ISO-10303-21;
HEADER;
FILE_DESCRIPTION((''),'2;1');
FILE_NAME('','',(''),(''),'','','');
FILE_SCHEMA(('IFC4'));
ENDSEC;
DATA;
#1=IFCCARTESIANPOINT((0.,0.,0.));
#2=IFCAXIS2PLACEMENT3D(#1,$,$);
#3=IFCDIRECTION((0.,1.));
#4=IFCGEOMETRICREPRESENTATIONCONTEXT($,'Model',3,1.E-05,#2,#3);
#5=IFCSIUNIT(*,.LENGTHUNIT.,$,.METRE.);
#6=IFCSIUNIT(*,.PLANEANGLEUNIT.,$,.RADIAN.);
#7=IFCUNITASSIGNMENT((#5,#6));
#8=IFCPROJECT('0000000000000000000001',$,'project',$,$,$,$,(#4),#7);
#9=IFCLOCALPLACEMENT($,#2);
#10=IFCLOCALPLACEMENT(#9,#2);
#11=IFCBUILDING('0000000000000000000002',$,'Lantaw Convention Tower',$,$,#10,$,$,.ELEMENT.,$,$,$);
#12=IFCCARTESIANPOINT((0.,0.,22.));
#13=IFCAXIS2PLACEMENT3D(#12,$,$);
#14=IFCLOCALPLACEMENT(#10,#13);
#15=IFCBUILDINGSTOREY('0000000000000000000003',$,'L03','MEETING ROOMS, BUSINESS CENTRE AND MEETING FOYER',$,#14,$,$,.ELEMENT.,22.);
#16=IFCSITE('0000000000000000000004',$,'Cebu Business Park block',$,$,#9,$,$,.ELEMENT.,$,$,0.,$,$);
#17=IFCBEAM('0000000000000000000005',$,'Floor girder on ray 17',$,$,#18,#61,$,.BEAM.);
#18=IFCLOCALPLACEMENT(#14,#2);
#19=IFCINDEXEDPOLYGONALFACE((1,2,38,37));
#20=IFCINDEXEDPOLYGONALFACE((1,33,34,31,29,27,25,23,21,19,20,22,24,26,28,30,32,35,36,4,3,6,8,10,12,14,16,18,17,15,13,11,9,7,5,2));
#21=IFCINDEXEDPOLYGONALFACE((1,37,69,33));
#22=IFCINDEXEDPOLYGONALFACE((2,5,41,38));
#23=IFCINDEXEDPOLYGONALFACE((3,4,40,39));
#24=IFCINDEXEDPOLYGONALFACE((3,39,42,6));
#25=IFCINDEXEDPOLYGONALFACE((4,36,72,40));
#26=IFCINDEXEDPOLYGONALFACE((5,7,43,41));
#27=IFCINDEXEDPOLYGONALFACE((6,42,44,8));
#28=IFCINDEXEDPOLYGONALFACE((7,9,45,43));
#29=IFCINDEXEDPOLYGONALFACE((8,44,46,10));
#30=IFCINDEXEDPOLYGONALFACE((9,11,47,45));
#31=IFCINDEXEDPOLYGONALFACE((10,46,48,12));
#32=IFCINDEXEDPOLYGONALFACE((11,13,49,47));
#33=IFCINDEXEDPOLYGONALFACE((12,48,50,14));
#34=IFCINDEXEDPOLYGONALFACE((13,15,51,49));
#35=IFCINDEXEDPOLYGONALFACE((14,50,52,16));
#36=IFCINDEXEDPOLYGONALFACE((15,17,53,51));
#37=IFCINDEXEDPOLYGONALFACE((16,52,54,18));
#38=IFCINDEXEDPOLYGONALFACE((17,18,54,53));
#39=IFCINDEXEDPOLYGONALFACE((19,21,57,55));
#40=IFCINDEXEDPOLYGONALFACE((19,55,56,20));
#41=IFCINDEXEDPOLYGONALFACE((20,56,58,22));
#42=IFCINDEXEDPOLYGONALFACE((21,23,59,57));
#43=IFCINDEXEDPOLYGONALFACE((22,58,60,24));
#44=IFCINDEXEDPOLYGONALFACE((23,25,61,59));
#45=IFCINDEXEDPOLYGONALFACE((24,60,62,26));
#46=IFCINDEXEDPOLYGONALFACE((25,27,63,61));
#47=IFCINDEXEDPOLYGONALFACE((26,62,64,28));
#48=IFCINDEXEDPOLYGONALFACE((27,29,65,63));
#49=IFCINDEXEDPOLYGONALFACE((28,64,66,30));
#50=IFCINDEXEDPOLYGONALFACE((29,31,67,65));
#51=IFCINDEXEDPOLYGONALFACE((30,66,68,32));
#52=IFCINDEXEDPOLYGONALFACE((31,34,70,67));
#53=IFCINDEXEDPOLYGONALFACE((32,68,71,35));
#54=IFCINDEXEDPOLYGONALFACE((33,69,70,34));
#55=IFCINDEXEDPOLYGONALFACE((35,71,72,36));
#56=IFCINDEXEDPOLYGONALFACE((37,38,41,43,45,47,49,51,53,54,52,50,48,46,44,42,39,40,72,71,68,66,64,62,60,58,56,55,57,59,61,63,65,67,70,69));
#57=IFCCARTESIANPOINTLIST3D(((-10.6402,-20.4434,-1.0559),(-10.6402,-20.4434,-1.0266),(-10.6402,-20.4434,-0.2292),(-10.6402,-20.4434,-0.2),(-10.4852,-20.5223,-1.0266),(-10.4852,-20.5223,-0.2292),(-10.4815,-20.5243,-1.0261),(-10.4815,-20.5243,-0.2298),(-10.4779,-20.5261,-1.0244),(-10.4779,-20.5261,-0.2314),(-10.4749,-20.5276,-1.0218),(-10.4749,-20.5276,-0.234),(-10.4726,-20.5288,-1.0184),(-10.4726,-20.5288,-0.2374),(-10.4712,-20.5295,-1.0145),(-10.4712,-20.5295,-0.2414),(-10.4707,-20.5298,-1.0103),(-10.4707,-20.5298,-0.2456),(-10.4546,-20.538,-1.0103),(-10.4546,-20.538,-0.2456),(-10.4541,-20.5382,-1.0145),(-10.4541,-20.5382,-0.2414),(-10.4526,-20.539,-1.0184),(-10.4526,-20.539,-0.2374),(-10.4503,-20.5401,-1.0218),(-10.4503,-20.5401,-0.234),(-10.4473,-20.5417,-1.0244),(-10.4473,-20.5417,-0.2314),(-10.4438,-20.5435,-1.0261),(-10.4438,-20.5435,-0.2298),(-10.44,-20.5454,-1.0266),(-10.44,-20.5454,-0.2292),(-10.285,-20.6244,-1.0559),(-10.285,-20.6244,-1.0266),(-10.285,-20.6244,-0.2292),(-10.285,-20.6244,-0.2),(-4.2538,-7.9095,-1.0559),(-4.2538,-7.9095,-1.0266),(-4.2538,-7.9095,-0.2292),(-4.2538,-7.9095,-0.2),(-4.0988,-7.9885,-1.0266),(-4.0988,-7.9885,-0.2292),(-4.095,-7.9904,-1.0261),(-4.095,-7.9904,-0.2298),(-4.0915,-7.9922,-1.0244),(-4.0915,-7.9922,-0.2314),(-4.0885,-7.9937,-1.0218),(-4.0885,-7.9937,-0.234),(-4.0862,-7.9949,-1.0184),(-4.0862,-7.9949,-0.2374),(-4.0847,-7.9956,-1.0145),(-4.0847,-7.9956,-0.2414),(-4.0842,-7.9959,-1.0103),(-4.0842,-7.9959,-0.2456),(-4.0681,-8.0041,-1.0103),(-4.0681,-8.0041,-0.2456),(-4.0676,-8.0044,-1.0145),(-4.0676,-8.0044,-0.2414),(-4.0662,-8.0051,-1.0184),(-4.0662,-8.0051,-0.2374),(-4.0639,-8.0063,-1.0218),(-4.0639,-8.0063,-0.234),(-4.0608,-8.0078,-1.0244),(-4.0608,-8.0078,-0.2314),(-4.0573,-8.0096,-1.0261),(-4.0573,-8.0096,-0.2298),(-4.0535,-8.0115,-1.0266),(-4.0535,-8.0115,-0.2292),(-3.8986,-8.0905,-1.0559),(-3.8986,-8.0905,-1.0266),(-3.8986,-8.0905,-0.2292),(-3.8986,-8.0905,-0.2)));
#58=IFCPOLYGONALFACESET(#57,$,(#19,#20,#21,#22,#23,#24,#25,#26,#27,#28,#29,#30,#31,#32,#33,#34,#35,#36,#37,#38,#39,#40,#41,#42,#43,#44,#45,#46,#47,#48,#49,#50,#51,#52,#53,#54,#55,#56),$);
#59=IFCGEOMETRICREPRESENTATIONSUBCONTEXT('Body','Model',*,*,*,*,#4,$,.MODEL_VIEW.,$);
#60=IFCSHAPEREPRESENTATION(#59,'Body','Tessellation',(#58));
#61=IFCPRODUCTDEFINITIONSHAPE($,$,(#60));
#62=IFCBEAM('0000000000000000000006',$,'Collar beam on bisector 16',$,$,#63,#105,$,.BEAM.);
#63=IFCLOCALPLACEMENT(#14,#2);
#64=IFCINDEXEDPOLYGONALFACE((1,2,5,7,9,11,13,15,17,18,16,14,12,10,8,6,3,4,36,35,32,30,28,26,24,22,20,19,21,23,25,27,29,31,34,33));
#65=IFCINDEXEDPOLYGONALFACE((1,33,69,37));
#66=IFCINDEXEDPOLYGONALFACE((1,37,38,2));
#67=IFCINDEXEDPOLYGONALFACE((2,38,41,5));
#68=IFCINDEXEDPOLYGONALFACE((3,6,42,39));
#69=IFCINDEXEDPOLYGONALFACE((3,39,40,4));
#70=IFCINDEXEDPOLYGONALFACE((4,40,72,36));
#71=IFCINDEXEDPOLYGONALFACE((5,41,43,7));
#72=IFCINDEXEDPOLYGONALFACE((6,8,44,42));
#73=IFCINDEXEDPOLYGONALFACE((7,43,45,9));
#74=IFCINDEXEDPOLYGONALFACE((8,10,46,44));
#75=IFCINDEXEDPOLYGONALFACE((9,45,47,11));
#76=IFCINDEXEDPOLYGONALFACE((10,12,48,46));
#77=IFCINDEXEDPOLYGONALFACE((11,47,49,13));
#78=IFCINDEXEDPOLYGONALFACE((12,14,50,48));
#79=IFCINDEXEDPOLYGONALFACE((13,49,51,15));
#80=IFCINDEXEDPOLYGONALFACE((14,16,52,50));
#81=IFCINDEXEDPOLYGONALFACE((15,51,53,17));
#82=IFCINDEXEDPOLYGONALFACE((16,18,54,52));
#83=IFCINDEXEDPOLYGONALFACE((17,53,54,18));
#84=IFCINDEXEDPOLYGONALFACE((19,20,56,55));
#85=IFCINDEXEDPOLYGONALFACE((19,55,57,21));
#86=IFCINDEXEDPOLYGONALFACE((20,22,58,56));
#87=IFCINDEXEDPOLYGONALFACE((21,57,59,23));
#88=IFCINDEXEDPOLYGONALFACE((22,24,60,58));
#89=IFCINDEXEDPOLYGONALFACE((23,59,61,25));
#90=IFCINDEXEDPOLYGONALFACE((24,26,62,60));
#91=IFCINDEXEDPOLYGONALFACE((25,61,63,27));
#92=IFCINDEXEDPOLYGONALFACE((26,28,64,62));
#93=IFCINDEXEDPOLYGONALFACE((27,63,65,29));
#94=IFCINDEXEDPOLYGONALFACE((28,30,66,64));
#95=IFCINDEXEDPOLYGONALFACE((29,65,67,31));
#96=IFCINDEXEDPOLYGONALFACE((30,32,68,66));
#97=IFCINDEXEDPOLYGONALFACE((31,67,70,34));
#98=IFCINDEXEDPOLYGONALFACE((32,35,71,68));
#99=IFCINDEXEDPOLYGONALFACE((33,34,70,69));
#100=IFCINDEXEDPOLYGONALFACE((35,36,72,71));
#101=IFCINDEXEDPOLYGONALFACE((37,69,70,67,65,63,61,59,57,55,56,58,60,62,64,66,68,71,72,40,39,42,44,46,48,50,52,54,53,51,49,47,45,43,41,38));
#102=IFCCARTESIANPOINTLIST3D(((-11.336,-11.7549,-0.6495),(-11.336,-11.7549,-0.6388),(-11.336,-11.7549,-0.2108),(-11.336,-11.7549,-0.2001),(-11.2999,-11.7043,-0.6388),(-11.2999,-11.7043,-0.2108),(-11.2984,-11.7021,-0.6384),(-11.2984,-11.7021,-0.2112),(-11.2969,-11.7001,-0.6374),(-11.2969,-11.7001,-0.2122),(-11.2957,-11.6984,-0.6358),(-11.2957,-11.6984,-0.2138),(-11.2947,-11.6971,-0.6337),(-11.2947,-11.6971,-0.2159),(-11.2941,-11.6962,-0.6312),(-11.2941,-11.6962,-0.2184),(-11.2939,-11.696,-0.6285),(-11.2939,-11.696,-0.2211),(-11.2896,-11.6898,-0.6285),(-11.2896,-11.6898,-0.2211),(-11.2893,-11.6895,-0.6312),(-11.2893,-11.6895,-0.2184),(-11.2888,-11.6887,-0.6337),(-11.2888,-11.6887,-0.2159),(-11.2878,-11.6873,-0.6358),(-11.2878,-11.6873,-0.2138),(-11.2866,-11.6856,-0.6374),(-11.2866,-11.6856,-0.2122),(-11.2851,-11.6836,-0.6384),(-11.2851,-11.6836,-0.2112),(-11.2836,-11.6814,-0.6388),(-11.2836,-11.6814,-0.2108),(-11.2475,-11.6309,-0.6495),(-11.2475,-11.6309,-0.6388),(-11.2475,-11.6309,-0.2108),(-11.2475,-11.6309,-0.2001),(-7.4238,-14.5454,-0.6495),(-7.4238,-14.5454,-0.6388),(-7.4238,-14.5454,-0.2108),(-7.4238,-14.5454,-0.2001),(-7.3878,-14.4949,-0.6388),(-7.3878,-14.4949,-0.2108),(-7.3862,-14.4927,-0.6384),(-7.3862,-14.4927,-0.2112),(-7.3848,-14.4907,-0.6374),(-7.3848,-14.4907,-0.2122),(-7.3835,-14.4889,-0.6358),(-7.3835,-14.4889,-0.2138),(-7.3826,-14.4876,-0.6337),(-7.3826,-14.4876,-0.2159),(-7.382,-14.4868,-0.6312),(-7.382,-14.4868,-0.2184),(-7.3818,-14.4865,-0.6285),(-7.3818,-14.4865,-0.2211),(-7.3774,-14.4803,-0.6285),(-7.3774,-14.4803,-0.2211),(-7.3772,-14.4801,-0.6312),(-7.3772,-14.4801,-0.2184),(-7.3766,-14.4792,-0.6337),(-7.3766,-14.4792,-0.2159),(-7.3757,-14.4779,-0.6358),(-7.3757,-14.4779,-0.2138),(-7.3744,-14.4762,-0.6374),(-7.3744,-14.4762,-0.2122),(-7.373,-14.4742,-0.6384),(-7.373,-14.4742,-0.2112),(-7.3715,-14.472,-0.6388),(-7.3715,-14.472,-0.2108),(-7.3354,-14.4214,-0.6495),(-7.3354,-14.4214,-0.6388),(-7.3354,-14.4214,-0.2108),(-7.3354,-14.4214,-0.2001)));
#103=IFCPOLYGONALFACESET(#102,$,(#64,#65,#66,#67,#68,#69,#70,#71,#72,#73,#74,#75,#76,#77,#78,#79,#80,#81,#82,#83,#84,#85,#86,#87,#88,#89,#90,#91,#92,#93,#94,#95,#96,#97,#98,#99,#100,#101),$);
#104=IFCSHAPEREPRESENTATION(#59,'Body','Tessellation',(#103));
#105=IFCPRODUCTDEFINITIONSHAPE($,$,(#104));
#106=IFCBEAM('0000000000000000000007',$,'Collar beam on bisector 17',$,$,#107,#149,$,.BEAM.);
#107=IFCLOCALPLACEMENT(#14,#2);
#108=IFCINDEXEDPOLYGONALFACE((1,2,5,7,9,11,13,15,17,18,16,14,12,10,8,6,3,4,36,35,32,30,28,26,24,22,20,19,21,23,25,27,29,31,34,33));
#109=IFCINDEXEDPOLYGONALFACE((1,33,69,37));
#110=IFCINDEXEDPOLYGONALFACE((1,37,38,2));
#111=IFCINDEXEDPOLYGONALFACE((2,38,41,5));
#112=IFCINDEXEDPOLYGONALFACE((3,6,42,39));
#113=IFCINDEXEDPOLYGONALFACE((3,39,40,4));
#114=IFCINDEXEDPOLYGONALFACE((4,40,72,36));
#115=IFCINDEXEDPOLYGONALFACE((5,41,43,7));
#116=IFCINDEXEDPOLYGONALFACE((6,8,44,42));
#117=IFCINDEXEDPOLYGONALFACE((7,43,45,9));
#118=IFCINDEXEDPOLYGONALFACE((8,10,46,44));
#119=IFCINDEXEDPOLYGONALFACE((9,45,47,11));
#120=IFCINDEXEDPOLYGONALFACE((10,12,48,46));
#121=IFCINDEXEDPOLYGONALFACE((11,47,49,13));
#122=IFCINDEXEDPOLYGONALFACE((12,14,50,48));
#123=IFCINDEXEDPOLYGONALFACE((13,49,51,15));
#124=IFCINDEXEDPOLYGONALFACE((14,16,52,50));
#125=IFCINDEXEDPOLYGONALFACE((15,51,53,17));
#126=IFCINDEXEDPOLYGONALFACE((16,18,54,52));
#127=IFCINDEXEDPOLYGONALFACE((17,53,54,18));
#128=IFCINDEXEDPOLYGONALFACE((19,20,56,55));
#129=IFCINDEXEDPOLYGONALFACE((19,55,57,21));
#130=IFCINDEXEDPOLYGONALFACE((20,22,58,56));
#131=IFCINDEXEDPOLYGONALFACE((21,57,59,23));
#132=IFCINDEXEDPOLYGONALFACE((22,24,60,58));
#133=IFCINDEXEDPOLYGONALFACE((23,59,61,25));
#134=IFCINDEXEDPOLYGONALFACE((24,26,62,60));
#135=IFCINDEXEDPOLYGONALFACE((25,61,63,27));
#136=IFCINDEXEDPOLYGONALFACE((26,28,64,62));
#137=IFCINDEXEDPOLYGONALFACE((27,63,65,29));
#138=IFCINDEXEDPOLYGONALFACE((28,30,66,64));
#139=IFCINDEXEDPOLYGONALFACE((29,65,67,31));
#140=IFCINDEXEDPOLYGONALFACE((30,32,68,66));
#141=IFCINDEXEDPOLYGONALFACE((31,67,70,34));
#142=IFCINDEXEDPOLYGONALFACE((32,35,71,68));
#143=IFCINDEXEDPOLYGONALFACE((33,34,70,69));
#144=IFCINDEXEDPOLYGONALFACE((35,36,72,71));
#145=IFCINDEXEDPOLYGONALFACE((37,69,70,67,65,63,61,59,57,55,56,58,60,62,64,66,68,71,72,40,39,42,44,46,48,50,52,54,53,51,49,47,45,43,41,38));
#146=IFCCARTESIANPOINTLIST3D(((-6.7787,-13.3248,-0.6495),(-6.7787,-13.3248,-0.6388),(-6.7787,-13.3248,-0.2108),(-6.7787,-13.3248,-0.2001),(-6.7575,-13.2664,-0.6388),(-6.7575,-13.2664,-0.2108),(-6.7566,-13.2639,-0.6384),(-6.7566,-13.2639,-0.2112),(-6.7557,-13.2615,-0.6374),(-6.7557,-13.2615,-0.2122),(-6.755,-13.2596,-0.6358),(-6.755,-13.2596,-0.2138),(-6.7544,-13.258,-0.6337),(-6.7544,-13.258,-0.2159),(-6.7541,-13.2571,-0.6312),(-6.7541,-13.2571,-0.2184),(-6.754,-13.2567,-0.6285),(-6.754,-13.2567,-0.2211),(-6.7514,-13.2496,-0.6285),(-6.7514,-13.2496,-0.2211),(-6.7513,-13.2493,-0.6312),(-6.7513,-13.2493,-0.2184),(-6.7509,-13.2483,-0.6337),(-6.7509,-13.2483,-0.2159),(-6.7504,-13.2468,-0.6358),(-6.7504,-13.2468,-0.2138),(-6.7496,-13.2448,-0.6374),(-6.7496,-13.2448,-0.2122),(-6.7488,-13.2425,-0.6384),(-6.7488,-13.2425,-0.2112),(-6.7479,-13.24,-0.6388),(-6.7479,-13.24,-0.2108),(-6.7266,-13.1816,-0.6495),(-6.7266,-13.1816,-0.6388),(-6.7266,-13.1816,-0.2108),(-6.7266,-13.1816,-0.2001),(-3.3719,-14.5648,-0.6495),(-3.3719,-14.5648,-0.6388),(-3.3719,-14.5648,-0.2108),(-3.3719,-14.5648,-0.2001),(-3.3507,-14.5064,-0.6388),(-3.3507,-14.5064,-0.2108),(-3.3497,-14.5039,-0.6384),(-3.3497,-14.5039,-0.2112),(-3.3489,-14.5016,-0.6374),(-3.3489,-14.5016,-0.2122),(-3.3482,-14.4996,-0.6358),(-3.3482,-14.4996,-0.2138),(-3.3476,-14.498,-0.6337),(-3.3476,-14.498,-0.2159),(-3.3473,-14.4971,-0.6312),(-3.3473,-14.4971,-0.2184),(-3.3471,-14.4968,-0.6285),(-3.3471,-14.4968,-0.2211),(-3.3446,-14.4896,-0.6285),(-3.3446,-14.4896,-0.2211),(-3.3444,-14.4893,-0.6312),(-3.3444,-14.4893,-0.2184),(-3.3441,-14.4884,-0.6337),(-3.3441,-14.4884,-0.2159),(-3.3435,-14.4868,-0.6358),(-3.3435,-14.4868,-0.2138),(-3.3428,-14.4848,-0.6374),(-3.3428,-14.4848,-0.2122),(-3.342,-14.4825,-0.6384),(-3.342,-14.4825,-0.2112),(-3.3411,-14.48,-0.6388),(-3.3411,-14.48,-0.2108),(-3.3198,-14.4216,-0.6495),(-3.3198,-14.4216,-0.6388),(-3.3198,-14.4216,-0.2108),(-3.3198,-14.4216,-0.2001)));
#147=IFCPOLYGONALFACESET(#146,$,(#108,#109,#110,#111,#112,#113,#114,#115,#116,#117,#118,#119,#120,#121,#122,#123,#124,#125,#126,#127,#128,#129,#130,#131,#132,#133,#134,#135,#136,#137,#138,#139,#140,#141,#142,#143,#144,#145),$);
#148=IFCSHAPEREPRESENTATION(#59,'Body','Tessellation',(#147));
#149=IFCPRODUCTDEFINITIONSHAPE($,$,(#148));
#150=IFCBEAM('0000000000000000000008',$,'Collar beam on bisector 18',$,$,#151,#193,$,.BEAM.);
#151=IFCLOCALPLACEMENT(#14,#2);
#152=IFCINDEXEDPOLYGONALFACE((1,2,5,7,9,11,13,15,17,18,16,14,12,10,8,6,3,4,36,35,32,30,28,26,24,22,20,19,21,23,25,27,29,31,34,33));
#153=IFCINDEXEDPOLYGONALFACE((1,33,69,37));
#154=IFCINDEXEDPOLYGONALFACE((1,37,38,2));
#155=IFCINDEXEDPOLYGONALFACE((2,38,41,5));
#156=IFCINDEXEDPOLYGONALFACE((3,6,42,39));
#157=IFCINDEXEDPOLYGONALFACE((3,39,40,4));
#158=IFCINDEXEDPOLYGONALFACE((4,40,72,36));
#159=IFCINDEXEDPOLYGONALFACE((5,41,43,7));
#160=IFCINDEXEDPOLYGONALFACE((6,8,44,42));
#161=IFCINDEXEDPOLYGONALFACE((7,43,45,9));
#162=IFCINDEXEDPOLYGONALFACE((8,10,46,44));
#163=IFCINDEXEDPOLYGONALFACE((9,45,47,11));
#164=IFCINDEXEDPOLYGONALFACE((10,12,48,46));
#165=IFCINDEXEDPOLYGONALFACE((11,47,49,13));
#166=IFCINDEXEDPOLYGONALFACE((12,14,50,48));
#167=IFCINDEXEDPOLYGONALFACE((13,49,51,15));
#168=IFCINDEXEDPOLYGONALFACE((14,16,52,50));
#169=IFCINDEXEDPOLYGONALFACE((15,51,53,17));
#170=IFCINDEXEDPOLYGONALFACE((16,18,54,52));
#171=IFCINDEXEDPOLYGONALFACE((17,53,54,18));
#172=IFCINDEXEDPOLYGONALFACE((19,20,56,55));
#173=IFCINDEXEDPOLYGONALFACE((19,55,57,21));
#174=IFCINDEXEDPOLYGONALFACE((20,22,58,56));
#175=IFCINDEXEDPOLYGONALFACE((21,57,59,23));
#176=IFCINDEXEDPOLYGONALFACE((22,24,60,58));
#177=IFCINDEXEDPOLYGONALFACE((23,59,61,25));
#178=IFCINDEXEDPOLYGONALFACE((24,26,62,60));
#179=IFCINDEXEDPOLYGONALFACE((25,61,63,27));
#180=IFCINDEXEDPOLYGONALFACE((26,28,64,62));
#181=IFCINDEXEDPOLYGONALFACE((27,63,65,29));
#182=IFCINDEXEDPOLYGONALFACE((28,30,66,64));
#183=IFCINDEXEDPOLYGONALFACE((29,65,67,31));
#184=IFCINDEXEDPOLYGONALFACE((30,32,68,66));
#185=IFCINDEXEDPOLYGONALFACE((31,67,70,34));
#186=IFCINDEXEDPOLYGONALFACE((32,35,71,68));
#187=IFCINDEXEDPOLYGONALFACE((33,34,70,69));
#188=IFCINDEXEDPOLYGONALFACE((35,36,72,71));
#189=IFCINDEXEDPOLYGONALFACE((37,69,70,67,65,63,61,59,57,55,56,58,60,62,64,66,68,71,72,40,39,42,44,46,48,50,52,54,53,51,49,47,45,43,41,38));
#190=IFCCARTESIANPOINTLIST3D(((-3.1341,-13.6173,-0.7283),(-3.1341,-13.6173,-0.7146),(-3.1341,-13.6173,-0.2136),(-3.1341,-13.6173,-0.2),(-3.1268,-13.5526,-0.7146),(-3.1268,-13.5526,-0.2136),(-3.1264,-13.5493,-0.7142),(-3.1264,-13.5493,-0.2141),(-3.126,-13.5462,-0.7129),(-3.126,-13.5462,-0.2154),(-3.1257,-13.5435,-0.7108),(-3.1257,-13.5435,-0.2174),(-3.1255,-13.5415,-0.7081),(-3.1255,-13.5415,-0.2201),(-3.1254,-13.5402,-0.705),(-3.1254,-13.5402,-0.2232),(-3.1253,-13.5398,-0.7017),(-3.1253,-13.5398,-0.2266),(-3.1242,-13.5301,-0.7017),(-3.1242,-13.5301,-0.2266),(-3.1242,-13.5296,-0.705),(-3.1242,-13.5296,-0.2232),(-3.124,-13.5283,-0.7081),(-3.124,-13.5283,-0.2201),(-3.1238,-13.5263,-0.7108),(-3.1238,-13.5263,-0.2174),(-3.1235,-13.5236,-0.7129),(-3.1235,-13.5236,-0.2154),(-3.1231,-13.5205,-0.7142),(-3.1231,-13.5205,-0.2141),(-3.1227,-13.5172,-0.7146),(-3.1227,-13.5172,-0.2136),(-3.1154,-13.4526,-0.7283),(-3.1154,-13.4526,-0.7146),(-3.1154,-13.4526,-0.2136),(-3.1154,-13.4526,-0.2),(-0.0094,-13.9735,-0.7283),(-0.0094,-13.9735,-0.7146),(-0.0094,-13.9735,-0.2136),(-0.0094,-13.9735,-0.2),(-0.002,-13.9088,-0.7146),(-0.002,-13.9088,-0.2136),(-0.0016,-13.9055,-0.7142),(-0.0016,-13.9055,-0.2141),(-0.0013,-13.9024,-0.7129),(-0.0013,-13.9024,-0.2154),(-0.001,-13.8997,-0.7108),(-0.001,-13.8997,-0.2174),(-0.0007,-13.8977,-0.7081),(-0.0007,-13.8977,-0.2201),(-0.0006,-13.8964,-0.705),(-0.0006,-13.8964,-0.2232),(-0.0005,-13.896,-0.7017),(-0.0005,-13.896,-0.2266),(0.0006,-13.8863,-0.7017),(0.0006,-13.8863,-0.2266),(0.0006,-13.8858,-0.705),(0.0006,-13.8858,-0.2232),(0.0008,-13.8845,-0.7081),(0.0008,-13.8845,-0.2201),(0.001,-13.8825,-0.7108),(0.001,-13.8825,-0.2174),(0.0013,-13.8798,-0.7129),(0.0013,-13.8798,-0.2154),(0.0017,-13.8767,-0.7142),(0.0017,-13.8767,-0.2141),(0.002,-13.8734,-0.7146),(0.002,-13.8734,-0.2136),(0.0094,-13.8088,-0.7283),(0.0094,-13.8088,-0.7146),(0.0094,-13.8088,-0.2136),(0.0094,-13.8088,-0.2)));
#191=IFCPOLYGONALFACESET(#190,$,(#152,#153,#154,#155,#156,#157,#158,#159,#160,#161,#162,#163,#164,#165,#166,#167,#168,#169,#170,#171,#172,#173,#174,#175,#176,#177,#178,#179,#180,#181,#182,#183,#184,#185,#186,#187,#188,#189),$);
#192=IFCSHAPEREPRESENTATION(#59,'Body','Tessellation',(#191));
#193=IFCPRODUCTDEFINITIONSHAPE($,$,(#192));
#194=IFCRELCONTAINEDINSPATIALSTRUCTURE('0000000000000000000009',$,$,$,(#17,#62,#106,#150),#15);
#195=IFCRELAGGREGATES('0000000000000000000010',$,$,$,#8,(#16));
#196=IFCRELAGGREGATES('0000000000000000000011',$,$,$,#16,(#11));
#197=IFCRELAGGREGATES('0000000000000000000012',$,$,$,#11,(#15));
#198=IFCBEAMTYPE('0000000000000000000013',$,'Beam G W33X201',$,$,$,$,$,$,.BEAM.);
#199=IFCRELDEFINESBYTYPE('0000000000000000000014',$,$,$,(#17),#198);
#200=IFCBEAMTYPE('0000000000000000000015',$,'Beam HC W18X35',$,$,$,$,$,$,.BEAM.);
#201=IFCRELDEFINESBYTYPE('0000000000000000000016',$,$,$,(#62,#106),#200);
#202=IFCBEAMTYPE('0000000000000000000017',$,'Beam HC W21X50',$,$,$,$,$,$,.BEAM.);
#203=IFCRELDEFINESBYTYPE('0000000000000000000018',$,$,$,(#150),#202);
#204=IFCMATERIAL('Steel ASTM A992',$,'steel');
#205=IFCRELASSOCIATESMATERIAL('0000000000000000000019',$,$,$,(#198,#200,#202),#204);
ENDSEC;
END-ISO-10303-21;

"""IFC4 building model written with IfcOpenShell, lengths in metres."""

from ifc_helpers import new_model, si_unit, direction, frame, origin, origin_2d, place, context, subcontext, project, spatial, i_section, extrude, material, material_profile, profile_set, type_object, element, save


model = new_model("IFC4")

# Units and contexts
model_context = context("Model", 3, precision=1e-05, world=origin(), true_north=direction((0.0, 1.0)))
body_context = subcontext(model_context, "Body", "Model", "MODEL_VIEW")
ifc_project = project(units=[si_unit("LENGTHUNIT", "METRE"), si_unit("PLANEANGLEUNIT", "RADIAN")], contexts=[model_context])

# Site, building, storey
site_placement = place(None, origin())
site = spatial("IfcSite", under=ifc_project, at=site_placement, Name="Cebu Business Park block", CompositionType="ELEMENT", RefElevation=0.0)
building_placement = place(site_placement, origin())
building = spatial("IfcBuilding", under=site, at=building_placement, Name="Lantaw Convention Tower", CompositionType="ELEMENT")
storey_placement = place(building_placement, frame((0.0, 0.0, 22.0)))
storey = spatial("IfcBuildingStorey", under=building, at=storey_placement, Name="L03", Description="MEETING ROOMS, BUSINESS CENTRE AND MEETING FOYER", CompositionType="ELEMENT", Elevation=22.0)

# Beams
ifc_material_1 = material(Name="Steel ASTM A992", Category="steel")
ifc_material_profile_1 = material_profile(ifc_material_1, i_section(OverallWidth=0.3987, OverallDepth=0.856, WebThickness=0.0181, FlangeThickness=0.0293, FilletRadius=0.0164, at=origin_2d()), Name="W33X201")
ifc_profile_set_1 = profile_set([ifc_material_profile_1], Name="Steel ASTM A992")
beam_type_1 = type_object("IfcBeamType", Name="Beam G W33X201", PredefinedType="BEAM", material=ifc_profile_set_1)
beam_1_placement = place(storey_placement, frame((-4.0762, -8.0, -0.6279), z_axis=(-0.453997, -0.891003, 0.0), x_axis=(0.891003, -0.453997, 0.0)))
element("IfcBeam", 1, at=beam_1_placement, inside=storey, type_object=beam_type_1, Name="Floor girder on ray 17", PredefinedType="BEAM", context=body_context, shape_type="SweptSolid", body=[
    extrude(i_section(OverallWidth=0.3987, OverallDepth=0.856, WebThickness=0.0181, FlangeThickness=0.0293, FilletRadius=0.0164, at=origin_2d()), origin(), (0.0, 0.0, 1.0), 14.0671),
])
ifc_material_profile_2 = material_profile(ifc_material_1, i_section(OverallWidth=0.1523, OverallDepth=0.4495, WebThickness=0.0076, FlangeThickness=0.0107, FilletRadius=0.0103, at=origin_2d()), Name="W18X35")
ifc_profile_set_2 = profile_set([ifc_material_profile_2], Name="Steel ASTM A992")
beam_type_2 = type_object("IfcBeamType", Name="Beam HC W18X35", PredefinedType="BEAM", material=ifc_profile_set_2)
beam_2_placement = place(storey_placement, frame((-11.2917, -11.6929, -0.4248), z_axis=(0.814111, -0.580709, 0.0), x_axis=(0.580709, 0.814111, 0.0)))
element("IfcBeam", 2, at=beam_2_placement, inside=storey, type_object=beam_type_2, Name="Collar beam on bisector 16", PredefinedType="BEAM", context=body_context, shape_type="SweptSolid", body=[
    extrude(i_section(OverallWidth=0.1523, OverallDepth=0.4495, WebThickness=0.0076, FlangeThickness=0.0107, FilletRadius=0.0103, at=origin_2d()), origin(), (0.0, 0.0, 1.0), 4.8054),
])
beam_3_placement = place(storey_placement, frame((-6.7527, -13.2532, -0.4248), z_axis=(0.939689, -0.34203, 0.0), x_axis=(0.34203, 0.939689, 0.0)))
element("IfcBeam", 3, at=beam_3_placement, inside=storey, type_object=beam_type_2, Name="Collar beam on bisector 17", PredefinedType="BEAM", context=body_context, shape_type="SweptSolid", body=[
    extrude(i_section(OverallWidth=0.1523, OverallDepth=0.4495, WebThickness=0.0076, FlangeThickness=0.0107, FilletRadius=0.0103, at=origin_2d()), origin(), (0.0, 0.0, 1.0), 3.6255),
])
ifc_material_profile_3 = material_profile(ifc_material_1, i_section(OverallWidth=0.1658, OverallDepth=0.5283, WebThickness=0.0098, FlangeThickness=0.0137, FilletRadius=0.0129, at=origin_2d()), Name="W21X50")
ifc_profile_set_3 = profile_set([ifc_material_profile_3], Name="Steel ASTM A992")
beam_type_3 = type_object("IfcBeamType", Name="Beam HC W21X50", PredefinedType="BEAM", material=ifc_profile_set_3)
for number, where, z_axis, x_axis, name in (
    (4, (-3.1248, -13.5349, -0.4641), (0.993565, -0.11326, 0.0), (0.11326, 0.993565, 0.0), "Collar beam on bisector 18"),
):
    element("IfcBeam", number, at=place(storey_placement, frame(where, z_axis=z_axis, x_axis=x_axis)), inside=storey, type_object=beam_type_3, Name=name, PredefinedType="BEAM", context=body_context, shape_type="SweptSolid", body=[
        extrude(i_section(OverallWidth=0.1658, OverallDepth=0.5283, WebThickness=0.0098, FlangeThickness=0.0137, FilletRadius=0.0129, at=origin_2d()), origin(), (0.0, 0.0, 1.0), 3.145),
    ])

save(model, "model.ifc")
